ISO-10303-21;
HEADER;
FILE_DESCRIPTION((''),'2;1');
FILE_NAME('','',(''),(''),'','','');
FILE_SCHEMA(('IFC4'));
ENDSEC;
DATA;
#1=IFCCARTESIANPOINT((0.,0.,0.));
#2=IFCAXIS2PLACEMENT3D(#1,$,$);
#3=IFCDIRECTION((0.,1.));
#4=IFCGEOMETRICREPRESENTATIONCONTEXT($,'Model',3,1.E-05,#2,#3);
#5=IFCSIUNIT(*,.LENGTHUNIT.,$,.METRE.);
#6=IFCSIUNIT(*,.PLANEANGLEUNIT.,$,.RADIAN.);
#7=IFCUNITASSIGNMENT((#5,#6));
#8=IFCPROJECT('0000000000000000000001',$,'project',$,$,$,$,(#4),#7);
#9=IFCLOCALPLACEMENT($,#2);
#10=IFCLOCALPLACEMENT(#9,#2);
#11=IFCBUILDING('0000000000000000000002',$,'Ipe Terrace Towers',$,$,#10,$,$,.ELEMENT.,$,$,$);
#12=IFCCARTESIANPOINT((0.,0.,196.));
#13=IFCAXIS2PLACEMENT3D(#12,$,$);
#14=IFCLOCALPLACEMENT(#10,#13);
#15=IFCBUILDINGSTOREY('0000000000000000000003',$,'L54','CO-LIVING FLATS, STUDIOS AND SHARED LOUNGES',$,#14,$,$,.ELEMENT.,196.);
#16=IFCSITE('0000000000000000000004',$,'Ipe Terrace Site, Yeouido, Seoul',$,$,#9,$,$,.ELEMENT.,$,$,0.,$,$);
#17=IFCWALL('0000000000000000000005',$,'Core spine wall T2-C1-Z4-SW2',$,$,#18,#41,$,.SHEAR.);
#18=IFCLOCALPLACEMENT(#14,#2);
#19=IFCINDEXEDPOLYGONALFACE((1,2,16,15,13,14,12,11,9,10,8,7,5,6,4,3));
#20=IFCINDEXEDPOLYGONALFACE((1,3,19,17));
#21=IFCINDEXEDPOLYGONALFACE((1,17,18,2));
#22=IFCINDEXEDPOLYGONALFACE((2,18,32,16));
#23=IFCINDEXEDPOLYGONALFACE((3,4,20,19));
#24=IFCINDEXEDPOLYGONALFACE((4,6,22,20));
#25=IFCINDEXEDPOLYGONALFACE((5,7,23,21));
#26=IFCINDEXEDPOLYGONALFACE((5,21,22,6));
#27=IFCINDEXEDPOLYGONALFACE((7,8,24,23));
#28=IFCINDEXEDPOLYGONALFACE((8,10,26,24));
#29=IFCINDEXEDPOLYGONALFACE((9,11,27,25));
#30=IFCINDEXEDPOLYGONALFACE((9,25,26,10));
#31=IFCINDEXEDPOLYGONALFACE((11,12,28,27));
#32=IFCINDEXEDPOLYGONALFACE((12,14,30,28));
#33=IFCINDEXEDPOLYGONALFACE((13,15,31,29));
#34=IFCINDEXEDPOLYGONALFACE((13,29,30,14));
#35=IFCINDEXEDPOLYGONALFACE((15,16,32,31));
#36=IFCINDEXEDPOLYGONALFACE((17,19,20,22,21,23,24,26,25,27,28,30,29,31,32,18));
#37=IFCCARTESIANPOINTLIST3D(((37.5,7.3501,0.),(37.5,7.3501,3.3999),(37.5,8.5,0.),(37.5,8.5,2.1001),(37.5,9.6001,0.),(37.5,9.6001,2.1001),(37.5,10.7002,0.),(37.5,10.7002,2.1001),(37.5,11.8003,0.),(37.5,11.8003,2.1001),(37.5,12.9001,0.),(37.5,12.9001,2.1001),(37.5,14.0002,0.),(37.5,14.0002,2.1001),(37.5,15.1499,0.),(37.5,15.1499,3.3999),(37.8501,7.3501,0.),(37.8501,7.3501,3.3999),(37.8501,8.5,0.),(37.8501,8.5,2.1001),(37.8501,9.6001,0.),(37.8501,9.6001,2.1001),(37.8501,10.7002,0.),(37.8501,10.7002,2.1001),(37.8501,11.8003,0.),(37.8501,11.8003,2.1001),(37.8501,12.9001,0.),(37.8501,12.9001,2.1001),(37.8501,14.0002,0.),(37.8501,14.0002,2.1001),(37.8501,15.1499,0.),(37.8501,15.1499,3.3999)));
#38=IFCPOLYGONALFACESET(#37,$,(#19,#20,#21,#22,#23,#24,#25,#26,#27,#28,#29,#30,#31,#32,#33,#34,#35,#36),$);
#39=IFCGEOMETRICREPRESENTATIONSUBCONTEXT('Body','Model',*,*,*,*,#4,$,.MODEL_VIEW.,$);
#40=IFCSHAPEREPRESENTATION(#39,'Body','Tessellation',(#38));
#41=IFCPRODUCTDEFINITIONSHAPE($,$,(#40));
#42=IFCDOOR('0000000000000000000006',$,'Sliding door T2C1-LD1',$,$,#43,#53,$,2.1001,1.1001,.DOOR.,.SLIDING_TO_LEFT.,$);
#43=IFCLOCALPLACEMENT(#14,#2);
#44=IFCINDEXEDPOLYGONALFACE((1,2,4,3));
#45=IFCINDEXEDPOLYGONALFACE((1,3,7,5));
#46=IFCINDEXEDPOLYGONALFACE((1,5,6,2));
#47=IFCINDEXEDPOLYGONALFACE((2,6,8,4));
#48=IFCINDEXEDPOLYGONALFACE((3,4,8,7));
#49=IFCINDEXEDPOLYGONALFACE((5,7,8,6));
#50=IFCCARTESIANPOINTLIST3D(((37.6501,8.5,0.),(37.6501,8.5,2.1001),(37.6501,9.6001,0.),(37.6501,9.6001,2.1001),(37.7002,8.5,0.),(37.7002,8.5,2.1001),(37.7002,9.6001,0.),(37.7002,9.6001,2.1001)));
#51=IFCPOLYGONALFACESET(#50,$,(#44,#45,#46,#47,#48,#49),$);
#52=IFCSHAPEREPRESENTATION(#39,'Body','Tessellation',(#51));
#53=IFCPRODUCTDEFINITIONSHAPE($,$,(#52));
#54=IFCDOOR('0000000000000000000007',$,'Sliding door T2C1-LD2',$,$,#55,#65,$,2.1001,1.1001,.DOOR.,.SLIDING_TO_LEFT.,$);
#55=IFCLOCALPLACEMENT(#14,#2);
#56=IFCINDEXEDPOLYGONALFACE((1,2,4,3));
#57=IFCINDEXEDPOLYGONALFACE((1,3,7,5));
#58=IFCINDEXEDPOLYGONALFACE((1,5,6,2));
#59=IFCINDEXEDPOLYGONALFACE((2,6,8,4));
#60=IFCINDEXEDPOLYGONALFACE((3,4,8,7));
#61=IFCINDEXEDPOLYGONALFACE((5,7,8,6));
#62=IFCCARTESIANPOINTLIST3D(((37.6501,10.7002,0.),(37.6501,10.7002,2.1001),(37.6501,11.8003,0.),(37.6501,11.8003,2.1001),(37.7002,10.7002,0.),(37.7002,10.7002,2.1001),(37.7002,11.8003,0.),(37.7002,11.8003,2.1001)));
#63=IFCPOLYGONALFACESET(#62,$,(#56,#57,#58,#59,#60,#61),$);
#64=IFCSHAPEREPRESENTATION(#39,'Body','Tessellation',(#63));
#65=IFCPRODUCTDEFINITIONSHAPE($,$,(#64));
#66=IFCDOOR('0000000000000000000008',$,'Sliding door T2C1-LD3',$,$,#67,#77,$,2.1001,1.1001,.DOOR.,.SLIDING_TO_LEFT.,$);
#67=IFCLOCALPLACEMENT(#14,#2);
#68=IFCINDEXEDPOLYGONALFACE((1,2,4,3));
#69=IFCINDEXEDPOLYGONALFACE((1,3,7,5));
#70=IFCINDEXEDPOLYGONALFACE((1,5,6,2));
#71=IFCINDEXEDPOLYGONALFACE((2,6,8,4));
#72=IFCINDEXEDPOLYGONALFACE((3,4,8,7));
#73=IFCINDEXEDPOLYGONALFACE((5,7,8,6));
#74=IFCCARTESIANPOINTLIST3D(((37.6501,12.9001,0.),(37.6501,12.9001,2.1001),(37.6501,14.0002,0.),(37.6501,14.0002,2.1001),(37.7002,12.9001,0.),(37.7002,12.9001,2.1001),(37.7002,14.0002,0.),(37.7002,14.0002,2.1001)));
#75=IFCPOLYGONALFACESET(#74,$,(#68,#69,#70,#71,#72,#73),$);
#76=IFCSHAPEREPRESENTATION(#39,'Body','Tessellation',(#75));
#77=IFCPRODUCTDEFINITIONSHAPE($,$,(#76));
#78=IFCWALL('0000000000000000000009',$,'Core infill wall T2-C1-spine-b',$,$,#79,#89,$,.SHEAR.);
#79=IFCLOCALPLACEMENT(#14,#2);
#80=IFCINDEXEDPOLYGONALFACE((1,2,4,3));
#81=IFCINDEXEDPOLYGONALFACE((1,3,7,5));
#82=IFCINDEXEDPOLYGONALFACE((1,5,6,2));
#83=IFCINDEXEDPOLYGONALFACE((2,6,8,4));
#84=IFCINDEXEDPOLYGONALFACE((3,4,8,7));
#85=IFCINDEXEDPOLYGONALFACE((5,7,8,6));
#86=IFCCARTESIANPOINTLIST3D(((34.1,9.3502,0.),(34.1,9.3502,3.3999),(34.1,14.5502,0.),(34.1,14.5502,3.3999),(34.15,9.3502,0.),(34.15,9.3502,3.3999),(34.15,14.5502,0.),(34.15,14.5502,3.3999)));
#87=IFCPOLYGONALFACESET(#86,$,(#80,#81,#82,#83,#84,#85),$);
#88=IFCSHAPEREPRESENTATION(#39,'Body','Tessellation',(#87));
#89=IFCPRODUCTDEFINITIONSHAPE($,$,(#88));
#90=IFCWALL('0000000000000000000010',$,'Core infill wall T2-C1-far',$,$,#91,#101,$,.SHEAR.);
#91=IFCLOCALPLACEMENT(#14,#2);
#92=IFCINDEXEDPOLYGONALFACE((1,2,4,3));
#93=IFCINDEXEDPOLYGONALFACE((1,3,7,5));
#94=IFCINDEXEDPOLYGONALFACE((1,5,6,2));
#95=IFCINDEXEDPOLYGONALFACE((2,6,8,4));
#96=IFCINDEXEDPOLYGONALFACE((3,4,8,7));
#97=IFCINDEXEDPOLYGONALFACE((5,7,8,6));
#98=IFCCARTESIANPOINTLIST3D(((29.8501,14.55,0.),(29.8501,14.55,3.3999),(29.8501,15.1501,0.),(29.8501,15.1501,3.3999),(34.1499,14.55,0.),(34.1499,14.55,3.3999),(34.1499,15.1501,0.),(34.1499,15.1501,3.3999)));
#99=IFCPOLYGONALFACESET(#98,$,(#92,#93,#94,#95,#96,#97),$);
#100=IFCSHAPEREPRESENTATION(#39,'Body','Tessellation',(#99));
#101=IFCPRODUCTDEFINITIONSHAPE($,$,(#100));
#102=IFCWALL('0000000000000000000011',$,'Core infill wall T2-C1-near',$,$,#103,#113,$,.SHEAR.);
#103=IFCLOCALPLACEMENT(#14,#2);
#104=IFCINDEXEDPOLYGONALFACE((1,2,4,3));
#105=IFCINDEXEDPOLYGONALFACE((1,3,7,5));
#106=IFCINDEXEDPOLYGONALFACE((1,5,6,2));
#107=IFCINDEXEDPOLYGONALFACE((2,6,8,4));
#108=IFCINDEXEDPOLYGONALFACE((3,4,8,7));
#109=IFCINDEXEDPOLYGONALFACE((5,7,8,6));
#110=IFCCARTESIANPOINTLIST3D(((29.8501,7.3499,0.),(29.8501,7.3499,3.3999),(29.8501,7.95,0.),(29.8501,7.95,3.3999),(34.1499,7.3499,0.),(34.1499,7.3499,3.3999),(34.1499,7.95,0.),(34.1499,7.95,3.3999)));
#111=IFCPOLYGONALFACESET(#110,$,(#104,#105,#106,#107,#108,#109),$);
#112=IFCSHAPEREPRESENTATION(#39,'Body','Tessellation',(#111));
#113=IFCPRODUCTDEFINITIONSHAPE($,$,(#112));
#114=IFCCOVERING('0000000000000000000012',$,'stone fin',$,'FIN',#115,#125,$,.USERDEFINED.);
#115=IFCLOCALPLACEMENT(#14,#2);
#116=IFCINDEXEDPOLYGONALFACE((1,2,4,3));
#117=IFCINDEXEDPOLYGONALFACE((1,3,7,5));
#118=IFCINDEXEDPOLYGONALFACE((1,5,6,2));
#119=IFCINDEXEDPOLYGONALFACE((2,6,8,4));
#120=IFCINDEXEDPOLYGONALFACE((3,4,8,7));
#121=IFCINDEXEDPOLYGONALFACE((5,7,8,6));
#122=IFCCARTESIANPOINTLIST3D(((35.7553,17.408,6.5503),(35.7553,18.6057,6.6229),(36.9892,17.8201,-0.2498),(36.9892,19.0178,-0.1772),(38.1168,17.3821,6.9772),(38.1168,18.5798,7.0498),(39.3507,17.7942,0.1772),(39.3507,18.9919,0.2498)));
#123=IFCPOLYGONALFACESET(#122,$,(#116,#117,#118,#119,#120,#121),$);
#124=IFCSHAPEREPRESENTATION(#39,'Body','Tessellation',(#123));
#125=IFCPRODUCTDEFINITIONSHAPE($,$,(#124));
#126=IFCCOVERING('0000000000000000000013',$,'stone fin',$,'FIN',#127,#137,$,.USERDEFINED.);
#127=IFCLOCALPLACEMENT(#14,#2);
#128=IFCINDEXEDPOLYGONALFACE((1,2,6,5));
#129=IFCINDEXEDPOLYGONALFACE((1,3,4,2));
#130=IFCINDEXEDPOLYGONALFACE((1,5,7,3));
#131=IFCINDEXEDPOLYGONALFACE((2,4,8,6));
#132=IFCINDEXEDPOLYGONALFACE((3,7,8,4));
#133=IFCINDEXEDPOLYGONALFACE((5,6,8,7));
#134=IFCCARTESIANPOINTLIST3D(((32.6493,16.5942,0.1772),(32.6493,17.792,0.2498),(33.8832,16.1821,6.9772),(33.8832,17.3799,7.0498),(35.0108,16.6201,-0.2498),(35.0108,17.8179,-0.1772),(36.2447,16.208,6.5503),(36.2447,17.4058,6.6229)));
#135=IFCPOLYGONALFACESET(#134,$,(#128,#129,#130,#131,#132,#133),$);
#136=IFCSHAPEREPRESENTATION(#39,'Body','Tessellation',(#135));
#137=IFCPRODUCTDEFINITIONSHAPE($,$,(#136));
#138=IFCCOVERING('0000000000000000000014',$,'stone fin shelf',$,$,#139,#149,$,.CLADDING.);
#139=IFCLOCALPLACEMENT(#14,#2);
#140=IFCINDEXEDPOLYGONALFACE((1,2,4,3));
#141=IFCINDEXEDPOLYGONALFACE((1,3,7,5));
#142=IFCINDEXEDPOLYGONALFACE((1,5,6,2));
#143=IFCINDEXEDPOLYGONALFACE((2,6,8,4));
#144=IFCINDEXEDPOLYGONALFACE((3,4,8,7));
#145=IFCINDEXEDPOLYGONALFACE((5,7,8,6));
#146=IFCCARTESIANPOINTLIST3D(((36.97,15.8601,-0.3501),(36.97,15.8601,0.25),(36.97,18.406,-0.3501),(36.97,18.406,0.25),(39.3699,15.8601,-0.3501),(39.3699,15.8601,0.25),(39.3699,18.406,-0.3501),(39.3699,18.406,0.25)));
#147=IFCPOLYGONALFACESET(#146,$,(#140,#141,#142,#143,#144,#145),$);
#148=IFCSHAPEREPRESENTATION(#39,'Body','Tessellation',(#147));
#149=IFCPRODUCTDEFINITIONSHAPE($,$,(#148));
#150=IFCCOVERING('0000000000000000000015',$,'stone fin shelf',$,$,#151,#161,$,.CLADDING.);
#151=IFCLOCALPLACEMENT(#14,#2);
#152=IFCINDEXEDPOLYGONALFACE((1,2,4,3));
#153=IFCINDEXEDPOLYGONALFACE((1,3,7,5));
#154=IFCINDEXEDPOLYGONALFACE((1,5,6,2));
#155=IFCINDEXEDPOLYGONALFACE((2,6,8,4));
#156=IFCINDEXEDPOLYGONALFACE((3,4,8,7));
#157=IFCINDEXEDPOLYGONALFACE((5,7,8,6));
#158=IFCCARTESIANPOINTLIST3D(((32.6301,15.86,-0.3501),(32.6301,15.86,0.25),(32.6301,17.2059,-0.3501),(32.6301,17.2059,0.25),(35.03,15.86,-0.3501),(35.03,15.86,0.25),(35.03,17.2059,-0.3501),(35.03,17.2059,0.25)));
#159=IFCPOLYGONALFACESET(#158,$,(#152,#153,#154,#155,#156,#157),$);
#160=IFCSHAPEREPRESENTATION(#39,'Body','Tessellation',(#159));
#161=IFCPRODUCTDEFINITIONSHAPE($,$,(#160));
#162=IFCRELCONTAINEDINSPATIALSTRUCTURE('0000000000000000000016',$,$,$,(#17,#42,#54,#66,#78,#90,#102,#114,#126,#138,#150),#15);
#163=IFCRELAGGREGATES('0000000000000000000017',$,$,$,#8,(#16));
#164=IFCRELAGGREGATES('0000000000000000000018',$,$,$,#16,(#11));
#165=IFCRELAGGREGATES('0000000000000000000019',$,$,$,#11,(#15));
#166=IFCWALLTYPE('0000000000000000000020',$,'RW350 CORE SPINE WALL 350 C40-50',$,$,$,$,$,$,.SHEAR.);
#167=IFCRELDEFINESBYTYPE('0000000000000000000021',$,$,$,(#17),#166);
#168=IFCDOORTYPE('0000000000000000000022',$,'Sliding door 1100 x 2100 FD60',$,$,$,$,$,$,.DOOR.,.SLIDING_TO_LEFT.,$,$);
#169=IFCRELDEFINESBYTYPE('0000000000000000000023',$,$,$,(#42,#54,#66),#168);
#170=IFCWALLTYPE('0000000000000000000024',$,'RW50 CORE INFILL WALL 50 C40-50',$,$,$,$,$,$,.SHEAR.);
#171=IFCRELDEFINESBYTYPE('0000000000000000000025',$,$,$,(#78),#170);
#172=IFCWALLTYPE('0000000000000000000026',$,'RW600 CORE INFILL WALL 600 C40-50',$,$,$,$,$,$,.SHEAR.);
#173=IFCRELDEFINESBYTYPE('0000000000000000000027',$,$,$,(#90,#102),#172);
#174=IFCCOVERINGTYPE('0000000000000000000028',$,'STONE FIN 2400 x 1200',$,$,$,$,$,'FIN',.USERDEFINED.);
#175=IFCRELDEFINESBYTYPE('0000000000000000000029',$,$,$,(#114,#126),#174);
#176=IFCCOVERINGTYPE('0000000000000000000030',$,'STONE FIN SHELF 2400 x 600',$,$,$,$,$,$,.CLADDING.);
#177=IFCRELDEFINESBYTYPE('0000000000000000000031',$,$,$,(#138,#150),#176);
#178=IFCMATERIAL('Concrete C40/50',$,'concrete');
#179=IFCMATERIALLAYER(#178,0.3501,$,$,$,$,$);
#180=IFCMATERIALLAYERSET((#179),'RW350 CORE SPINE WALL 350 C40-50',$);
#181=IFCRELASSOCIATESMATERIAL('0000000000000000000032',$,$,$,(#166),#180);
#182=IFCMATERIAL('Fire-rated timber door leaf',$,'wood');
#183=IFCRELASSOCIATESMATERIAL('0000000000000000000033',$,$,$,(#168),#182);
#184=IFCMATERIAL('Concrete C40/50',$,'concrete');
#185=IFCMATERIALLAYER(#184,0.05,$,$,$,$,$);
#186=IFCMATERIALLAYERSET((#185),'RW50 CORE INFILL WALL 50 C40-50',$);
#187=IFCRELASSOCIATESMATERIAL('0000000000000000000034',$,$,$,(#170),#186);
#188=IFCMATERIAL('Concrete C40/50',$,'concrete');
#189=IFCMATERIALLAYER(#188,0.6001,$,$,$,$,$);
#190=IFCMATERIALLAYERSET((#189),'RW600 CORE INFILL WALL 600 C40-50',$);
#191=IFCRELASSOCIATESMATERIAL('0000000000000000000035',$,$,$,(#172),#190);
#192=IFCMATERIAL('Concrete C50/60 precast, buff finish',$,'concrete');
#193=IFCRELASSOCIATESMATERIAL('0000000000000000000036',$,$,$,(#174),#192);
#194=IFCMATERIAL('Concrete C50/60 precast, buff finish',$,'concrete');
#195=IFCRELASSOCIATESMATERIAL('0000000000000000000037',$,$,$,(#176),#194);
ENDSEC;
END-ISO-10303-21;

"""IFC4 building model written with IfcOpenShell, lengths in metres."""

from ifc_helpers import new_model, si_unit, direction, frame, frame_2d, origin, origin_2d, place, context, subcontext, project, spatial, rectangle, extrude, material, layer, layer_set, material_profile, profile_set, type_object, element, fill, save


model = new_model("IFC4")

# Units and contexts
model_context = context("Model", 3, precision=1e-05, world=origin(), true_north=direction((0.0, 1.0)))
body_context = subcontext(model_context, "Body", "Model", "MODEL_VIEW")
ifc_project = project(units=[si_unit("LENGTHUNIT", "METRE"), si_unit("PLANEANGLEUNIT", "RADIAN")], contexts=[model_context])

# Site, building, storey
site_placement = place(None, origin())
site = spatial("IfcSite", under=ifc_project, at=site_placement, Name="Ipe Terrace Site, Yeouido, Seoul", CompositionType="ELEMENT", RefElevation=0.0)
building_placement = place(site_placement, origin())
building = spatial("IfcBuilding", under=site, at=building_placement, Name="Ipe Terrace Towers", CompositionType="ELEMENT")
storey_placement = place(building_placement, frame((0.0, 0.0, 196.0)))
storey = spatial("IfcBuildingStorey", under=building, at=storey_placement, Name="L54", Description="CO-LIVING FLATS, STUDIOS AND SHARED LOUNGES", CompositionType="ELEMENT", Elevation=196.0)

# Shared definitions
ifc_material_1 = material(Name="Concrete C40/50", Category="concrete")
ifc_layer_1 = layer(ifc_material_1, 0.3501)
ifc_layer_set_1 = layer_set([ifc_layer_1], Name="RW350 CORE SPINE WALL 350 C40-50")
wall_type_1 = type_object("IfcWallType", Name="RW350 CORE SPINE WALL 350 C40-50", PredefinedType="SHEAR", material=ifc_layer_set_1)

# Wall, openings, doors
wall_1_placement = place(storey_placement, frame((37.675, 7.3501, 0.0), z_axis=(0.0, 0.0, 1.0), x_axis=(0.0, 1.0, 0.0)))
wall_1 = element("IfcWall", 1, at=wall_1_placement, inside=storey, type_object=wall_type_1, Name="Core spine wall T2-C1-Z4-SW2", PredefinedType="SHEAR", context=body_context, shape_type="SweptSolid", body=[
    extrude(rectangle(XDim=7.7998, YDim=0.3501, at=frame_2d((3.8999, 0.0))), origin(), (0.0, 0.0, 1.0), 3.3999),
])
opening_1_placement = place(wall_1_placement, frame((1.1499, 0.0, 0.0)))
opening_1 = element("IfcOpeningElement", 2, at=opening_1_placement, cuts=wall_1, PredefinedType="OPENING", context=body_context, shape_type="SweptSolid", body=[
    extrude(rectangle(XDim=1.1001, YDim=2.1001, at=frame_2d((0.55, 1.05))), frame((0.0, 0.1851, 0.0), z_axis=(0.0, -1.0, 0.0), x_axis=(1.0, 0.0, 0.0)), (0.0, 0.0, 1.0), 0.3701),
])
opening_2_placement = place(wall_1_placement, frame((3.3501, 0.0, 0.0)))
opening_2 = element("IfcOpeningElement", 3, at=opening_2_placement, cuts=wall_1, PredefinedType="OPENING", context=body_context, shape_type="SweptSolid", body=[
    extrude(rectangle(XDim=1.1001, YDim=2.1001, at=frame_2d((0.55, 1.05))), frame((0.0, 0.1851, 0.0), z_axis=(0.0, -1.0, 0.0), x_axis=(1.0, 0.0, 0.0)), (0.0, 0.0, 1.0), 0.3701),
])
opening_3_placement = place(wall_1_placement, frame((5.55, 0.0, 0.0)))
opening_3 = element("IfcOpeningElement", 4, at=opening_3_placement, cuts=wall_1, PredefinedType="OPENING", context=body_context, shape_type="SweptSolid", body=[
    extrude(rectangle(XDim=1.1001, YDim=2.1001, at=frame_2d((0.55, 1.05))), frame((0.0, 0.1851, 0.0), z_axis=(0.0, -1.0, 0.0), x_axis=(1.0, 0.0, 0.0)), (0.0, 0.0, 1.0), 0.3701),
])
ifc_material_2 = material(Name="Fire-rated timber door leaf", Category="wood")
door_type_1 = type_object("IfcDoorType", Name="Sliding door 1100 x 2100 FD60", OperationType="SLIDING_TO_LEFT", PredefinedType="DOOR", material=ifc_material_2)
door_1_placement = place(opening_1_placement, origin())
door_1 = element("IfcDoor", 5, at=door_1_placement, inside=storey, type_object=door_type_1, Name="Sliding door T2C1-LD1", OperationType="SLIDING_TO_LEFT", OverallHeight=2.1001, OverallWidth=1.1001, PredefinedType="DOOR", context=body_context, shape_type="SweptSolid", body=[
    extrude(rectangle(XDim=1.1001, YDim=2.1001, at=frame_2d((0.55, 1.05))), frame((0.0, 0.0249, 0.0), z_axis=(0.0, -1.0, 0.0), x_axis=(1.0, 0.0, 0.0)), (0.0, 0.0, 1.0), 0.05),
])
fill(opening_1, door_1)
door_2_placement = place(opening_2_placement, origin())
door_2 = element("IfcDoor", 6, at=door_2_placement, inside=storey, type_object=door_type_1, Name="Sliding door T2C1-LD2", OperationType="SLIDING_TO_LEFT", OverallHeight=2.1001, OverallWidth=1.1001, PredefinedType="DOOR", context=body_context, shape_type="SweptSolid", body=[
    extrude(rectangle(XDim=1.1001, YDim=2.1001, at=frame_2d((0.55, 1.05))), frame((0.0, 0.0249, 0.0), z_axis=(0.0, -1.0, 0.0), x_axis=(1.0, 0.0, 0.0)), (0.0, 0.0, 1.0), 0.05),
])
fill(opening_2, door_2)
door_3_placement = place(opening_3_placement, origin())
door_3 = element("IfcDoor", 7, at=door_3_placement, inside=storey, type_object=door_type_1, Name="Sliding door T2C1-LD3", OperationType="SLIDING_TO_LEFT", OverallHeight=2.1001, OverallWidth=1.1001, PredefinedType="DOOR", context=body_context, shape_type="SweptSolid", body=[
    extrude(rectangle(XDim=1.1001, YDim=2.1001, at=frame_2d((0.55, 1.05))), frame((0.0, 0.0249, 0.0), z_axis=(0.0, -1.0, 0.0), x_axis=(1.0, 0.0, 0.0)), (0.0, 0.0, 1.0), 0.05),
])
fill(opening_3, door_3)

# Walls
ifc_material_3 = material(Name="Concrete C40/50", Category="concrete")
ifc_layer_2 = layer(ifc_material_3, 0.05)
ifc_layer_set_2 = layer_set([ifc_layer_2], Name="RW50 CORE INFILL WALL 50 C40-50")
wall_type_2 = type_object("IfcWallType", Name="RW50 CORE INFILL WALL 50 C40-50", PredefinedType="SHEAR", material=ifc_layer_set_2)
wall_2_placement = place(storey_placement, frame((34.125, 9.3501, 0.0), z_axis=(0.0, 0.0, 1.0), x_axis=(0.0, 1.0, 0.0)))
element("IfcWall", 8, at=wall_2_placement, inside=storey, type_object=wall_type_2, Name="Core infill wall T2-C1-spine-b", PredefinedType="SHEAR", context=body_context, shape_type="SweptSolid", body=[
    extrude(rectangle(XDim=5.2, YDim=0.05, at=frame_2d((2.6001, 0.0))), origin(), (0.0, 0.0, 1.0), 3.3999),
])
ifc_material_4 = material(Name="Concrete C40/50", Category="concrete")
ifc_layer_3 = layer(ifc_material_4, 0.6001)
ifc_layer_set_3 = layer_set([ifc_layer_3], Name="RW600 CORE INFILL WALL 600 C40-50")
wall_type_3 = type_object("IfcWallType", Name="RW600 CORE INFILL WALL 600 C40-50", PredefinedType="SHEAR", material=ifc_layer_set_3)
for number, where, z_axis, x_axis, name in (
    (9, (34.1499, 14.8501, 0.0), (0.0, 0.0, 1.0), (-1.0, 0.0, 0.0), "Core infill wall T2-C1-far"),
    (10, (34.1499, 7.6499, 0.0), (0.0, 0.0, 1.0), (-1.0, 0.0, 0.0), "Core infill wall T2-C1-near"),
):
    element("IfcWall", number, at=place(storey_placement, frame(where, z_axis=z_axis, x_axis=x_axis)), inside=storey, type_object=wall_type_3, Name=name, PredefinedType="SHEAR", context=body_context, shape_type="SweptSolid", body=[
        extrude(rectangle(XDim=4.2998, YDim=0.6001, at=frame_2d((2.1499, 0.0))), origin(), (0.0, 0.0, 1.0), 3.3999),
    ])

# Coverings
ifc_material_5 = material(Name="Concrete C50/60 precast, buff finish", Category="concrete")
ifc_material_profile_1 = material_profile(ifc_material_5, rectangle(XDim=2.3999, YDim=1.2, at=origin_2d()), Name="STONE FIN 2400 x 1200")
ifc_profile_set_1 = profile_set([ifc_material_profile_1], Name="Concrete C50/60 precast, buff finish")
covering_type_1 = type_object("IfcCoveringType", Name="STONE FIN 2400 x 1200", ElementType="FIN", PredefinedType="USERDEFINED", material=ifc_profile_set_1)
for number, where, z_axis, x_axis, name in (
    (11, (38.1699, 18.406, 0.0), (-0.178221, -0.059524, 0.982188), (-0.983991, 0.010781, -0.177894), "stone fin"),
    (12, (33.8301, 17.2061, 0.0), (0.178221, -0.059524, 0.982188), (-0.983991, -0.010781, 0.177894), "stone fin"),
):
    element("IfcCovering", number, at=place(storey_placement, frame(where, z_axis=z_axis, x_axis=x_axis)), inside=storey, type_object=covering_type_1, Name=name, ObjectType="FIN", PredefinedType="USERDEFINED", context=body_context, shape_type="SweptSolid", body=[
        extrude(rectangle(XDim=2.3999, YDim=1.2, at=origin_2d()), origin(), (0.0, 0.0, 1.0), 6.9233),
    ])
ifc_material_6 = material(Name="Concrete C50/60 precast, buff finish", Category="concrete")
covering_type_2 = type_object("IfcCoveringType", Name="STONE FIN SHELF 2400 x 600", PredefinedType="CLADDING", material=ifc_material_6)
covering_1_placement = place(storey_placement, frame((38.1699, 17.1331, -0.3501), z_axis=(0.0, 0.0, 1.0), x_axis=(-1.0, 0.0, 0.0)))
element("IfcCovering", 13, at=covering_1_placement, inside=storey, type_object=covering_type_2, Name="stone fin shelf", PredefinedType="CLADDING", context=body_context, shape_type="SweptSolid", body=[
    extrude(rectangle(XDim=2.3999, YDim=2.5459, at=origin_2d()), origin(), (0.0, 0.0, 1.0), 0.6001),
])
covering_2_placement = place(storey_placement, frame((33.8301, 16.533, -0.3501), z_axis=(0.0, 0.0, 1.0), x_axis=(-1.0, 0.0, 0.0)))
element("IfcCovering", 14, at=covering_2_placement, inside=storey, type_object=covering_type_2, Name="stone fin shelf", PredefinedType="CLADDING", context=body_context, shape_type="SweptSolid", body=[
    extrude(rectangle(XDim=2.3999, YDim=1.3459, at=origin_2d()), origin(), (0.0, 0.0, 1.0), 0.6001),
])

save(model, "model.ifc")
